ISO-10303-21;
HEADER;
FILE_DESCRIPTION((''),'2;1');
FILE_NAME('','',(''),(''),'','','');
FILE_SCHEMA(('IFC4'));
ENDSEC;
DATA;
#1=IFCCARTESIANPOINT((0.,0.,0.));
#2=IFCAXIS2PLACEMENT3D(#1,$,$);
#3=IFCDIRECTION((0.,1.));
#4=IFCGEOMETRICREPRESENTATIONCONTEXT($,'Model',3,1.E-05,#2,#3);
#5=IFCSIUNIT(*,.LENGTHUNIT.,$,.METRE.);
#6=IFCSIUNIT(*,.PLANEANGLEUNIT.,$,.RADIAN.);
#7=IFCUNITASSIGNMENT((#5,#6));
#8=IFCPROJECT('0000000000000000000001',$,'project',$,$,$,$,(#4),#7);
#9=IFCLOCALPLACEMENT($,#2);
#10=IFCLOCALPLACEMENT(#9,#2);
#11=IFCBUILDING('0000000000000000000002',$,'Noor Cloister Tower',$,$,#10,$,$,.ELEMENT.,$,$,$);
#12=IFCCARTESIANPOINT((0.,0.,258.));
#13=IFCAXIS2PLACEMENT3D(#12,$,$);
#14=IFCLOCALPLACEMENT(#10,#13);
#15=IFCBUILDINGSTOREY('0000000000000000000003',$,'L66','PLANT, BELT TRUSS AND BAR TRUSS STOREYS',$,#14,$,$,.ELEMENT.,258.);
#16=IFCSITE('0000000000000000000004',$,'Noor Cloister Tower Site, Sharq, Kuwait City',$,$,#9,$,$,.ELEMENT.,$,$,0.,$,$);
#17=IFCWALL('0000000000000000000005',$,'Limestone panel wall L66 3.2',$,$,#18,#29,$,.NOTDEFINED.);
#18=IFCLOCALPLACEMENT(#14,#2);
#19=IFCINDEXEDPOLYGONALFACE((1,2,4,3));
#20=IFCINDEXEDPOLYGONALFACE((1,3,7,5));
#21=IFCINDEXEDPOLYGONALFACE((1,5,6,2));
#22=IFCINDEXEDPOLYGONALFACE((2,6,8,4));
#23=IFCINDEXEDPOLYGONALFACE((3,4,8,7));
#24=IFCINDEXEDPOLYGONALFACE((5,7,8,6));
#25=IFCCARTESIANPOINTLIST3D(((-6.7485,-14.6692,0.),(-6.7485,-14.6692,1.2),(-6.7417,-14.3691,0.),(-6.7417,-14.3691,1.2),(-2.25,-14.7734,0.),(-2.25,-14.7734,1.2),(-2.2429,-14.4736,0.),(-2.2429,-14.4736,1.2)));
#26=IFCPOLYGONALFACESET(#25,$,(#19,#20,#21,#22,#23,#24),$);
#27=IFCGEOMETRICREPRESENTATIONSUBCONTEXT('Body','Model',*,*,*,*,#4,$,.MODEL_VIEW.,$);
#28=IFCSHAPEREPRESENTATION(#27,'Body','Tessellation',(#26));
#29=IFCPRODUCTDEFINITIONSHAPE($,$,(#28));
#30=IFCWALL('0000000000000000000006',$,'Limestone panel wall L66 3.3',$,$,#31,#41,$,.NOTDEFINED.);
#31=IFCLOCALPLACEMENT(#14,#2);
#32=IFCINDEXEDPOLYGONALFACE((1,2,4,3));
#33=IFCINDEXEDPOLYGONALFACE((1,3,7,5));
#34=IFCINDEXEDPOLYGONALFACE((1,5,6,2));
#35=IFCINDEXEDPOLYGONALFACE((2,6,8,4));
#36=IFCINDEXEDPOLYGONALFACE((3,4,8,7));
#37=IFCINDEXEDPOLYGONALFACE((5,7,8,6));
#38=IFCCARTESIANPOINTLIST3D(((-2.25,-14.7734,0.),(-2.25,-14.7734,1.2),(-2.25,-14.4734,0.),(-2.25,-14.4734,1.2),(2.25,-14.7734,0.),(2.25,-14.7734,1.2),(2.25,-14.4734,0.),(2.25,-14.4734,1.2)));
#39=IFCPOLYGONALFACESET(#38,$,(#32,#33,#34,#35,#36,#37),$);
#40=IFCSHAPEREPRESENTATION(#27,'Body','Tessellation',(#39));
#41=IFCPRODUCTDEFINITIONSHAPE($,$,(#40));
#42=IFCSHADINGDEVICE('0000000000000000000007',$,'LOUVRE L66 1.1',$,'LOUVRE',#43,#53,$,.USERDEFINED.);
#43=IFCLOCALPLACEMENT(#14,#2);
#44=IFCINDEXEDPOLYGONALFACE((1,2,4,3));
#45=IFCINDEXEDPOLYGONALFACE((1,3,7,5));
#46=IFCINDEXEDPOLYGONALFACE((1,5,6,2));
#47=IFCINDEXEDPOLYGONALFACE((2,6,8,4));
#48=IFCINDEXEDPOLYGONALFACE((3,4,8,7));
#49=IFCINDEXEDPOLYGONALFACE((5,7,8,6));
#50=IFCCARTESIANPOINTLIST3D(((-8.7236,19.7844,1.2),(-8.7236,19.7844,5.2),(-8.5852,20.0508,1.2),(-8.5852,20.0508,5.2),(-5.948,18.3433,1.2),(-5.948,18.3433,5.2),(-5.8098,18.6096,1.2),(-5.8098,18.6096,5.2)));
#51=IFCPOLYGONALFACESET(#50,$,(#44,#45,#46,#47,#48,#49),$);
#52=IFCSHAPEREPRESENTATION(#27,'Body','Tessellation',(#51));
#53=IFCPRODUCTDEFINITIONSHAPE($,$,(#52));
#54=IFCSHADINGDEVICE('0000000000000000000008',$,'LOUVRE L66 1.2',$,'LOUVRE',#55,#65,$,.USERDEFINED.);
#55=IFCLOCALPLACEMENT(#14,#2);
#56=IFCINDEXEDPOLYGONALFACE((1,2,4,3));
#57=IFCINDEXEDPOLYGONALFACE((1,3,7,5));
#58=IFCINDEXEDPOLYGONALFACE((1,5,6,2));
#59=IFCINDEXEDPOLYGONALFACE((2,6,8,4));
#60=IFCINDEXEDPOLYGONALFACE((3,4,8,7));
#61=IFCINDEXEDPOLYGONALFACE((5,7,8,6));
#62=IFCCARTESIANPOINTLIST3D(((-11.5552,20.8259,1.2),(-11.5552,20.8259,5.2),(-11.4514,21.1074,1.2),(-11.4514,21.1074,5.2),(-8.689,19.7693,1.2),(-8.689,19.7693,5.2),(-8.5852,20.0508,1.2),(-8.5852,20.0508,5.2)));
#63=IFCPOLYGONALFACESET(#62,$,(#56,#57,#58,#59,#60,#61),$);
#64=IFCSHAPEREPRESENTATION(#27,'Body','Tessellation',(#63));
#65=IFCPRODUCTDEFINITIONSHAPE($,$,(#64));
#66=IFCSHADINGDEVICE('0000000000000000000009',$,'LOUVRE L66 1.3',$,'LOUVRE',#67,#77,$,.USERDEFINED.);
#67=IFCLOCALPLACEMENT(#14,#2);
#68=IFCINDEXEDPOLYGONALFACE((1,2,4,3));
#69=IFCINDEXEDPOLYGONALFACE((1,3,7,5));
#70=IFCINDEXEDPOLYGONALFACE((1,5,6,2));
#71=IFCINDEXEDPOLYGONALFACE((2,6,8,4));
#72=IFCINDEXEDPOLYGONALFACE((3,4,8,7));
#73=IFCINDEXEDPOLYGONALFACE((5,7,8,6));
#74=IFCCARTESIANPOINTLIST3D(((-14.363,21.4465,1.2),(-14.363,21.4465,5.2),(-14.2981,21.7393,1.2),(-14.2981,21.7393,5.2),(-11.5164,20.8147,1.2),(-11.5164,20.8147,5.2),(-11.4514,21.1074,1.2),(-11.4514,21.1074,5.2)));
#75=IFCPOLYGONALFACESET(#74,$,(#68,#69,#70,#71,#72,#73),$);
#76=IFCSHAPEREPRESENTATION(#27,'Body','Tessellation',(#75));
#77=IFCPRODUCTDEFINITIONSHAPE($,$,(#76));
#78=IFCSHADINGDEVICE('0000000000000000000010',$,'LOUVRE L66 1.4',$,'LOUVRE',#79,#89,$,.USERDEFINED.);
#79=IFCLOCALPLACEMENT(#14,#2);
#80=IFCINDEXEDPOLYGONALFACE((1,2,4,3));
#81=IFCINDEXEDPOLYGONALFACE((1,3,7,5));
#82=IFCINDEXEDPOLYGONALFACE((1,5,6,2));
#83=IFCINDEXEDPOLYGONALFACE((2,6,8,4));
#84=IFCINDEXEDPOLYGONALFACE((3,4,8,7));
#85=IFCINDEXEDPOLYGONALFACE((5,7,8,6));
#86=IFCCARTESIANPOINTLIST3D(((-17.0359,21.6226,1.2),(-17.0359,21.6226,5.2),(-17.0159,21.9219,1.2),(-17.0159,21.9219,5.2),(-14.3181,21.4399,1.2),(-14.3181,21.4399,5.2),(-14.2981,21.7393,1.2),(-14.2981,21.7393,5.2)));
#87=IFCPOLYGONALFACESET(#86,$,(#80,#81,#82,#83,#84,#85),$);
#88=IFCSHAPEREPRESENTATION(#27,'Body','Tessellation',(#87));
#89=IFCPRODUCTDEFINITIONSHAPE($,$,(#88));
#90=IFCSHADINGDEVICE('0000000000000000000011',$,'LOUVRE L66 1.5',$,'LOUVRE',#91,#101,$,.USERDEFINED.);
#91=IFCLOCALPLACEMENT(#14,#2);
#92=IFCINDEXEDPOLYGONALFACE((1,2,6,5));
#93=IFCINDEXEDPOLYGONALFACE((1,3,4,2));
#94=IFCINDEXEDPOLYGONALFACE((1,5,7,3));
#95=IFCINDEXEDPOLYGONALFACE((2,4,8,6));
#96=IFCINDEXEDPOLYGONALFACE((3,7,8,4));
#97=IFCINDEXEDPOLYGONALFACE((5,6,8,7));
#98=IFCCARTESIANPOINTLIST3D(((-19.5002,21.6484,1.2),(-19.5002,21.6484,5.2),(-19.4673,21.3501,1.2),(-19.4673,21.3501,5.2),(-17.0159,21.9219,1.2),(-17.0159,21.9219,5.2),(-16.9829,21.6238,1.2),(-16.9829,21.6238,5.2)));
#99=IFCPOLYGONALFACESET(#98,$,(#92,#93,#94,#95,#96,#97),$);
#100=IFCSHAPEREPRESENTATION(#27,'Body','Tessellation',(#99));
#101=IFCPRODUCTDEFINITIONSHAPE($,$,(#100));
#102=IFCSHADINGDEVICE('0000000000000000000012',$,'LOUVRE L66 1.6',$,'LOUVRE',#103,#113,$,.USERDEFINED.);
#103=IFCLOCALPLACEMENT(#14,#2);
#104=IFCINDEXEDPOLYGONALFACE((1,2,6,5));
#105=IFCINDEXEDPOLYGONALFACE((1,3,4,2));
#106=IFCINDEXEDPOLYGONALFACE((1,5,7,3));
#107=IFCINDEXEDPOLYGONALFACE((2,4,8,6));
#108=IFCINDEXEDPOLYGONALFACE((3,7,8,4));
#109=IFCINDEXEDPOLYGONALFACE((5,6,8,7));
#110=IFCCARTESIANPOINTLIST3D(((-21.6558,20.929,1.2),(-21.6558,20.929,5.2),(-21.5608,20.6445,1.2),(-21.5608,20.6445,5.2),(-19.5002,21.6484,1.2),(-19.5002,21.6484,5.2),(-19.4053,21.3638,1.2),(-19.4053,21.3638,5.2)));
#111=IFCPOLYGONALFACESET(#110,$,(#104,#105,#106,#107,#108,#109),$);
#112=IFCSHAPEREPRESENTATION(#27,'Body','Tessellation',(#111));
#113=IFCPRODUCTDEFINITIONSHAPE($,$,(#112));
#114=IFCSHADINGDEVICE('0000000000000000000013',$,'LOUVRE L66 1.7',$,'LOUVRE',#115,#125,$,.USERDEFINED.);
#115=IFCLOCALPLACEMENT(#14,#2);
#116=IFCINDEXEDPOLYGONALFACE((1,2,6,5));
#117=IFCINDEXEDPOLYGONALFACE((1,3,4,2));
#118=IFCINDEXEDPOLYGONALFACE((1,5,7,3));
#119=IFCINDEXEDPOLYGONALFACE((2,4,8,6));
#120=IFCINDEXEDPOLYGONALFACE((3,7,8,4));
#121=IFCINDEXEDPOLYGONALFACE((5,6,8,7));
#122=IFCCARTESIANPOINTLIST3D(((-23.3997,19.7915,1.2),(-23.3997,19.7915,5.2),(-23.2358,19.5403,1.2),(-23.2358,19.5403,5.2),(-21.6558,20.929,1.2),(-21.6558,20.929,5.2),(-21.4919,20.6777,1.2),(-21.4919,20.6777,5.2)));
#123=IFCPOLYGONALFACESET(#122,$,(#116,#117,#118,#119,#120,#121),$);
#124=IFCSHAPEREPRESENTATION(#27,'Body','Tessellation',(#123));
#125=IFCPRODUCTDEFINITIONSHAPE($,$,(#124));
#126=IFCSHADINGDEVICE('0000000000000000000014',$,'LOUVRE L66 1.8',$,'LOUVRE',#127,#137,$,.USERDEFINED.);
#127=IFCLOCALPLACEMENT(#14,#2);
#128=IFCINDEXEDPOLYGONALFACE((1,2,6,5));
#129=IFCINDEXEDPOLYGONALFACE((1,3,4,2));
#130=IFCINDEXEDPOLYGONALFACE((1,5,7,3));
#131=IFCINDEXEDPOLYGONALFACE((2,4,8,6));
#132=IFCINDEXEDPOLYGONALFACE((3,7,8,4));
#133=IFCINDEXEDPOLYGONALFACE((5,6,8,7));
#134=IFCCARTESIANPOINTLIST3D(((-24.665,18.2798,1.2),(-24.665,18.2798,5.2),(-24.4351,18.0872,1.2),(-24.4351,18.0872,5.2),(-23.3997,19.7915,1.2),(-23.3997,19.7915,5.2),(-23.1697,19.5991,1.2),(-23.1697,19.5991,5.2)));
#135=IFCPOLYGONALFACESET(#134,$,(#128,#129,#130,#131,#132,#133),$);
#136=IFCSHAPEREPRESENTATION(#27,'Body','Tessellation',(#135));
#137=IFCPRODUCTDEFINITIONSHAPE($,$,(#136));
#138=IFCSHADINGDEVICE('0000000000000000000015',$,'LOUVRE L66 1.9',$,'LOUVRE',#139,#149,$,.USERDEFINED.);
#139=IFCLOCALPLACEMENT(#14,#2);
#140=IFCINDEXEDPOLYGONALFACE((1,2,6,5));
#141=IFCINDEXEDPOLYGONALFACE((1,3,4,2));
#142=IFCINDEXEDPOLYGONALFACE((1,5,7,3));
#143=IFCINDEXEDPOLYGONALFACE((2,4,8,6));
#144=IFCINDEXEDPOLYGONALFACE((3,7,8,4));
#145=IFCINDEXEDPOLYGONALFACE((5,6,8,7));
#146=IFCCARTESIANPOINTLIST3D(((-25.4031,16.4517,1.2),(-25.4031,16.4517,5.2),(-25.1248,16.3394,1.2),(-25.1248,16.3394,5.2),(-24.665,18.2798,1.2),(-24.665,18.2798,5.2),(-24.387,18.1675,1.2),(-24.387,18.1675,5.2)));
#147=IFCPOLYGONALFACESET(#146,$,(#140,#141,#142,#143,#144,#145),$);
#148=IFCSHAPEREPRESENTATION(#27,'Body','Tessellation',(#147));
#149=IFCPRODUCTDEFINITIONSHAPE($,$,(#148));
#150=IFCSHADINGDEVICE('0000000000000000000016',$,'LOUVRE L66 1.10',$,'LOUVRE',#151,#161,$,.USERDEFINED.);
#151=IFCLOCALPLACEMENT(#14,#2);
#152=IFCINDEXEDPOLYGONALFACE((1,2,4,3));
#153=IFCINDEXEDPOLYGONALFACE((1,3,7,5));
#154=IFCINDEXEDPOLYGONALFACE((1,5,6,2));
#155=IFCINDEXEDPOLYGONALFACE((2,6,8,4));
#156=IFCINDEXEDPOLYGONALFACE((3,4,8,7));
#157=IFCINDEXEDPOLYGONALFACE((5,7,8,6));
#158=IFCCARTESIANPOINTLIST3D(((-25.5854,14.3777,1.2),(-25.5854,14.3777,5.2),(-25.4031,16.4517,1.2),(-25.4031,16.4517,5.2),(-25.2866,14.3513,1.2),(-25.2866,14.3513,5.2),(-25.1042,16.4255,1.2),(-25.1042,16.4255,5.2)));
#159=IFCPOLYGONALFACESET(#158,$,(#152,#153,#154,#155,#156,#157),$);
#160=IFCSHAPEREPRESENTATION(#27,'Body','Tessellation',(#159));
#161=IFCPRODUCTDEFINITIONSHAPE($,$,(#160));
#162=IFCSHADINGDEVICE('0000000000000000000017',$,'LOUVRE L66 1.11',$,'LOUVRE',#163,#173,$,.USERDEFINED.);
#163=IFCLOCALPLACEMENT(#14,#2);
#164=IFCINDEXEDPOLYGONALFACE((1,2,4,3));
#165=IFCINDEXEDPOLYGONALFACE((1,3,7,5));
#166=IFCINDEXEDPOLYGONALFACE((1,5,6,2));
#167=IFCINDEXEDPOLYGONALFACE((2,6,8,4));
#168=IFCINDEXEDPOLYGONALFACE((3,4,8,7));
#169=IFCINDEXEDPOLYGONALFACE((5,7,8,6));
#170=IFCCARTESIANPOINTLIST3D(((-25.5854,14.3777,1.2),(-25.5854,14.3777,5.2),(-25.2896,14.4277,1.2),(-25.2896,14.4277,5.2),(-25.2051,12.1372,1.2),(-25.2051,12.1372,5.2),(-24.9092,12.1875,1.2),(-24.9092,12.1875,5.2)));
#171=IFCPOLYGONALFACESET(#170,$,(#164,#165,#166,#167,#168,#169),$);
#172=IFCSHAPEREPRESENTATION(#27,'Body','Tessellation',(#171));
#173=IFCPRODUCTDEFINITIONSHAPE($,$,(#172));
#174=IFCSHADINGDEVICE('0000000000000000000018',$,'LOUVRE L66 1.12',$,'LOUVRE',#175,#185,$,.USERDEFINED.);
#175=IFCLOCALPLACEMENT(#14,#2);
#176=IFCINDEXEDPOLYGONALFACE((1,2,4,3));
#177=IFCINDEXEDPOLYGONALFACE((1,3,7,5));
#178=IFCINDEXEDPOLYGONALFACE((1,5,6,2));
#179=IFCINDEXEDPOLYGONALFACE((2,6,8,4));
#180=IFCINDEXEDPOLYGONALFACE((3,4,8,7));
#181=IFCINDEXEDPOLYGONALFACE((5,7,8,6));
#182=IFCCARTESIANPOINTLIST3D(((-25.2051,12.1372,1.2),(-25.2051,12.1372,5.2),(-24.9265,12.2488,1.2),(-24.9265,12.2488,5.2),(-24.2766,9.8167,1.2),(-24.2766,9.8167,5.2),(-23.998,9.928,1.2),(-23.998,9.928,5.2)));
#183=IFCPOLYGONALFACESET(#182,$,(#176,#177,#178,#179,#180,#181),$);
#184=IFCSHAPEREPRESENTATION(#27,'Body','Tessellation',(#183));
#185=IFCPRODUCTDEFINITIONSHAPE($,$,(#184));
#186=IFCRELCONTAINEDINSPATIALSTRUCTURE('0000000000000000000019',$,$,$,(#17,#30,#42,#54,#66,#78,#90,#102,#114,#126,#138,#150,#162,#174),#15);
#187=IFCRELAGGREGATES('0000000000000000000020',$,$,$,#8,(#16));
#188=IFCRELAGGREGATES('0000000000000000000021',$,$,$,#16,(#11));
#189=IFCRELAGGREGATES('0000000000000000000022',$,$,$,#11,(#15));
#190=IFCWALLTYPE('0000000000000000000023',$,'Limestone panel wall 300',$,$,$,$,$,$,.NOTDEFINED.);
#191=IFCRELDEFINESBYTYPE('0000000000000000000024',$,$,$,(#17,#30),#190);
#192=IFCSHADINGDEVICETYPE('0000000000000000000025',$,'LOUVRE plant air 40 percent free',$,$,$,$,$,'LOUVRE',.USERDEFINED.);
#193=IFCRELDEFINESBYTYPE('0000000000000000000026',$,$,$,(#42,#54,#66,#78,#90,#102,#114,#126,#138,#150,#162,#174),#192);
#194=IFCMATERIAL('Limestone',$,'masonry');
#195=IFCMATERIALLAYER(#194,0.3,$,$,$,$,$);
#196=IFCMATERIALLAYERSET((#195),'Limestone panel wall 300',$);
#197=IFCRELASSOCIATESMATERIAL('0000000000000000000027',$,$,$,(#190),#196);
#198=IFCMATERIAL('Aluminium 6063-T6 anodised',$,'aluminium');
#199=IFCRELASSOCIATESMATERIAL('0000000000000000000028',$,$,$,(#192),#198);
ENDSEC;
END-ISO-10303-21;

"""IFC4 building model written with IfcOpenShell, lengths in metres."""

from ifc_helpers import new_model, si_unit, direction, frame, origin, place, context, subcontext, project, spatial, polyline, outline, extrude, material, layer, layer_set, type_object, element, save


model = new_model("IFC4")

# Units and contexts
model_context = context("Model", 3, precision=1e-05, world=origin(), true_north=direction((0.0, 1.0)))
body_context = subcontext(model_context, "Body", "Model", "MODEL_VIEW")
ifc_project = project(units=[si_unit("LENGTHUNIT", "METRE"), si_unit("PLANEANGLEUNIT", "RADIAN")], contexts=[model_context])

# Site, building, storey
site_placement = place(None, origin())
site = spatial("IfcSite", under=ifc_project, at=site_placement, Name="Noor Cloister Tower Site, Sharq, Kuwait City", CompositionType="ELEMENT", RefElevation=0.0)
building_placement = place(site_placement, origin())
building = spatial("IfcBuilding", under=site, at=building_placement, Name="Noor Cloister Tower", CompositionType="ELEMENT")
storey_placement = place(building_placement, frame((0.0, 0.0, 258.0)))
storey = spatial("IfcBuildingStorey", under=building, at=storey_placement, Name="L66", Description="PLANT, BELT TRUSS AND BAR TRUSS STOREYS", CompositionType="ELEMENT", Elevation=258.0)

# Walls
ifc_material_1 = material(Name="Limestone", Category="masonry")
ifc_layer = layer(ifc_material_1, 0.3)
ifc_layer_set = layer_set([ifc_layer], Name="Limestone panel wall 300")
wall_type = type_object("IfcWallType", Name="Limestone panel wall 300", PredefinedType="NOTDEFINED", material=ifc_layer_set)
wall_1_placement = place(storey_placement, origin())
element("IfcWall", 1, at=wall_1_placement, inside=storey, type_object=wall_type, Name="Limestone panel wall L66 3.2", PredefinedType="NOTDEFINED", context=body_context, shape_type="SweptSolid", body=[
    extrude(outline(polyline([(-6.7485, -14.6692), (-2.25, -14.7734), (-2.2429, -14.4736), (-6.7417, -14.3691), (-6.7485, -14.6692)])), origin(), (0.0, 0.0, 1.0), 1.2),
])
wall_2_placement = place(storey_placement, origin())
element("IfcWall", 2, at=wall_2_placement, inside=storey, type_object=wall_type, Name="Limestone panel wall L66 3.3", PredefinedType="NOTDEFINED", context=body_context, shape_type="SweptSolid", body=[
    extrude(outline(polyline([(-2.25, -14.7734), (2.25, -14.7734), (2.25, -14.4734), (-2.25, -14.4734), (-2.25, -14.7734)])), origin(), (0.0, 0.0, 1.0), 1.2),
])

# Shading devices
ifc_material_2 = material(Name="Aluminium 6063-T6 anodised", Category="aluminium")
shading_device_type = type_object("IfcShadingDeviceType", Name="LOUVRE plant air 40 percent free", ElementType="LOUVRE", PredefinedType="USERDEFINED", material=ifc_material_2)
shading_device_1_placement = place(storey_placement, frame((0.0, 0.0, 1.2)))
element("IfcShadingDevice", 3, at=shading_device_1_placement, inside=storey, type_object=shading_device_type, Name="LOUVRE L66 1.1", ObjectType="LOUVRE", PredefinedType="USERDEFINED", context=body_context, shape_type="SweptSolid", body=[
    extrude(outline(polyline([(-5.8098, 18.6096), (-8.5852, 20.0508), (-8.7236, 19.7844), (-5.948, 18.3433), (-5.8098, 18.6096)])), origin(), (0.0, 0.0, 1.0), 4.0),
])
shading_device_2_placement = place(storey_placement, frame((0.0, 0.0, 1.2)))
element("IfcShadingDevice", 4, at=shading_device_2_placement, inside=storey, type_object=shading_device_type, Name="LOUVRE L66 1.2", ObjectType="LOUVRE", PredefinedType="USERDEFINED", context=body_context, shape_type="SweptSolid", body=[
    extrude(outline(polyline([(-8.5852, 20.0508), (-11.4514, 21.1074), (-11.5552, 20.8259), (-8.689, 19.7693), (-8.5852, 20.0508)])), origin(), (0.0, 0.0, 1.0), 4.0),
])
shading_device_3_placement = place(storey_placement, frame((0.0, 0.0, 1.2)))
element("IfcShadingDevice", 5, at=shading_device_3_placement, inside=storey, type_object=shading_device_type, Name="LOUVRE L66 1.3", ObjectType="LOUVRE", PredefinedType="USERDEFINED", context=body_context, shape_type="SweptSolid", body=[
    extrude(outline(polyline([(-11.4514, 21.1074), (-14.2981, 21.7393), (-14.363, 21.4465), (-11.5164, 20.8147), (-11.4514, 21.1074)])), origin(), (0.0, 0.0, 1.0), 4.0),
])
shading_device_4_placement = place(storey_placement, frame((0.0, 0.0, 1.2)))
element("IfcShadingDevice", 6, at=shading_device_4_placement, inside=storey, type_object=shading_device_type, Name="LOUVRE L66 1.4", ObjectType="LOUVRE", PredefinedType="USERDEFINED", context=body_context, shape_type="SweptSolid", body=[
    extrude(outline(polyline([(-14.2981, 21.7393), (-17.0159, 21.9219), (-17.0359, 21.6226), (-14.3181, 21.4399), (-14.2981, 21.7393)])), origin(), (0.0, 0.0, 1.0), 4.0),
])
shading_device_5_placement = place(storey_placement, frame((0.0, 0.0, 1.2)))
element("IfcShadingDevice", 7, at=shading_device_5_placement, inside=storey, type_object=shading_device_type, Name="LOUVRE L66 1.5", ObjectType="LOUVRE", PredefinedType="USERDEFINED", context=body_context, shape_type="SweptSolid", body=[
    extrude(outline(polyline([(-17.0159, 21.9219), (-19.5002, 21.6484), (-19.4673, 21.3501), (-16.9829, 21.6238), (-17.0159, 21.9219)])), origin(), (0.0, 0.0, 1.0), 4.0),
])
shading_device_6_placement = place(storey_placement, frame((0.0, 0.0, 1.2)))
element("IfcShadingDevice", 8, at=shading_device_6_placement, inside=storey, type_object=shading_device_type, Name="LOUVRE L66 1.6", ObjectType="LOUVRE", PredefinedType="USERDEFINED", context=body_context, shape_type="SweptSolid", body=[
    extrude(outline(polyline([(-19.5002, 21.6484), (-21.6558, 20.929), (-21.5608, 20.6445), (-19.4053, 21.3638), (-19.5002, 21.6484)])), origin(), (0.0, 0.0, 1.0), 4.0),
])
shading_device_7_placement = place(storey_placement, frame((0.0, 0.0, 1.2)))
element("IfcShadingDevice", 9, at=shading_device_7_placement, inside=storey, type_object=shading_device_type, Name="LOUVRE L66 1.7", ObjectType="LOUVRE", PredefinedType="USERDEFINED", context=body_context, shape_type="SweptSolid", body=[
    extrude(outline(polyline([(-21.6558, 20.929), (-23.3997, 19.7915), (-23.2358, 19.5403), (-21.4919, 20.6777), (-21.6558, 20.929)])), origin(), (0.0, 0.0, 1.0), 4.0),
])
shading_device_8_placement = place(storey_placement, frame((0.0, 0.0, 1.2)))
element("IfcShadingDevice", 10, at=shading_device_8_placement, inside=storey, type_object=shading_device_type, Name="LOUVRE L66 1.8", ObjectType="LOUVRE", PredefinedType="USERDEFINED", context=body_context, shape_type="SweptSolid", body=[
    extrude(outline(polyline([(-23.3997, 19.7915), (-24.665, 18.2798), (-24.4351, 18.0872), (-23.1697, 19.5991), (-23.3997, 19.7915)])), origin(), (0.0, 0.0, 1.0), 4.0),
])
shading_device_9_placement = place(storey_placement, frame((0.0, 0.0, 1.2)))
element("IfcShadingDevice", 11, at=shading_device_9_placement, inside=storey, type_object=shading_device_type, Name="LOUVRE L66 1.9", ObjectType="LOUVRE", PredefinedType="USERDEFINED", context=body_context, shape_type="SweptSolid", body=[
    extrude(outline(polyline([(-24.665, 18.2798), (-25.4031, 16.4517), (-25.1248, 16.3394), (-24.387, 18.1675), (-24.665, 18.2798)])), origin(), (0.0, 0.0, 1.0), 4.0),
])
shading_device_10_placement = place(storey_placement, frame((0.0, 0.0, 1.2)))
element("IfcShadingDevice", 12, at=shading_device_10_placement, inside=storey, type_object=shading_device_type, Name="LOUVRE L66 1.10", ObjectType="LOUVRE", PredefinedType="USERDEFINED", context=body_context, shape_type="SweptSolid", body=[
    extrude(outline(polyline([(-25.4031, 16.4517), (-25.5854, 14.3777), (-25.2866, 14.3513), (-25.1042, 16.4255), (-25.4031, 16.4517)])), origin(), (0.0, 0.0, 1.0), 4.0),
])
shading_device_11_placement = place(storey_placement, frame((0.0, 0.0, 1.2)))
element("IfcShadingDevice", 13, at=shading_device_11_placement, inside=storey, type_object=shading_device_type, Name="LOUVRE L66 1.11", ObjectType="LOUVRE", PredefinedType="USERDEFINED", context=body_context, shape_type="SweptSolid", body=[
    extrude(outline(polyline([(-25.5854, 14.3777), (-25.2051, 12.1372), (-24.9092, 12.1875), (-25.2896, 14.4277), (-25.5854, 14.3777)])), origin(), (0.0, 0.0, 1.0), 4.0),
])
shading_device_12_placement = place(storey_placement, frame((0.0, 0.0, 1.2)))
element("IfcShadingDevice", 14, at=shading_device_12_placement, inside=storey, type_object=shading_device_type, Name="LOUVRE L66 1.12", ObjectType="LOUVRE", PredefinedType="USERDEFINED", context=body_context, shape_type="SweptSolid", body=[
    extrude(outline(polyline([(-25.2051, 12.1372), (-24.2766, 9.8167), (-23.998, 9.928), (-24.9265, 12.2488), (-25.2051, 12.1372)])), origin(), (0.0, 0.0, 1.0), 4.0),
])

save(model, "model.ifc")
